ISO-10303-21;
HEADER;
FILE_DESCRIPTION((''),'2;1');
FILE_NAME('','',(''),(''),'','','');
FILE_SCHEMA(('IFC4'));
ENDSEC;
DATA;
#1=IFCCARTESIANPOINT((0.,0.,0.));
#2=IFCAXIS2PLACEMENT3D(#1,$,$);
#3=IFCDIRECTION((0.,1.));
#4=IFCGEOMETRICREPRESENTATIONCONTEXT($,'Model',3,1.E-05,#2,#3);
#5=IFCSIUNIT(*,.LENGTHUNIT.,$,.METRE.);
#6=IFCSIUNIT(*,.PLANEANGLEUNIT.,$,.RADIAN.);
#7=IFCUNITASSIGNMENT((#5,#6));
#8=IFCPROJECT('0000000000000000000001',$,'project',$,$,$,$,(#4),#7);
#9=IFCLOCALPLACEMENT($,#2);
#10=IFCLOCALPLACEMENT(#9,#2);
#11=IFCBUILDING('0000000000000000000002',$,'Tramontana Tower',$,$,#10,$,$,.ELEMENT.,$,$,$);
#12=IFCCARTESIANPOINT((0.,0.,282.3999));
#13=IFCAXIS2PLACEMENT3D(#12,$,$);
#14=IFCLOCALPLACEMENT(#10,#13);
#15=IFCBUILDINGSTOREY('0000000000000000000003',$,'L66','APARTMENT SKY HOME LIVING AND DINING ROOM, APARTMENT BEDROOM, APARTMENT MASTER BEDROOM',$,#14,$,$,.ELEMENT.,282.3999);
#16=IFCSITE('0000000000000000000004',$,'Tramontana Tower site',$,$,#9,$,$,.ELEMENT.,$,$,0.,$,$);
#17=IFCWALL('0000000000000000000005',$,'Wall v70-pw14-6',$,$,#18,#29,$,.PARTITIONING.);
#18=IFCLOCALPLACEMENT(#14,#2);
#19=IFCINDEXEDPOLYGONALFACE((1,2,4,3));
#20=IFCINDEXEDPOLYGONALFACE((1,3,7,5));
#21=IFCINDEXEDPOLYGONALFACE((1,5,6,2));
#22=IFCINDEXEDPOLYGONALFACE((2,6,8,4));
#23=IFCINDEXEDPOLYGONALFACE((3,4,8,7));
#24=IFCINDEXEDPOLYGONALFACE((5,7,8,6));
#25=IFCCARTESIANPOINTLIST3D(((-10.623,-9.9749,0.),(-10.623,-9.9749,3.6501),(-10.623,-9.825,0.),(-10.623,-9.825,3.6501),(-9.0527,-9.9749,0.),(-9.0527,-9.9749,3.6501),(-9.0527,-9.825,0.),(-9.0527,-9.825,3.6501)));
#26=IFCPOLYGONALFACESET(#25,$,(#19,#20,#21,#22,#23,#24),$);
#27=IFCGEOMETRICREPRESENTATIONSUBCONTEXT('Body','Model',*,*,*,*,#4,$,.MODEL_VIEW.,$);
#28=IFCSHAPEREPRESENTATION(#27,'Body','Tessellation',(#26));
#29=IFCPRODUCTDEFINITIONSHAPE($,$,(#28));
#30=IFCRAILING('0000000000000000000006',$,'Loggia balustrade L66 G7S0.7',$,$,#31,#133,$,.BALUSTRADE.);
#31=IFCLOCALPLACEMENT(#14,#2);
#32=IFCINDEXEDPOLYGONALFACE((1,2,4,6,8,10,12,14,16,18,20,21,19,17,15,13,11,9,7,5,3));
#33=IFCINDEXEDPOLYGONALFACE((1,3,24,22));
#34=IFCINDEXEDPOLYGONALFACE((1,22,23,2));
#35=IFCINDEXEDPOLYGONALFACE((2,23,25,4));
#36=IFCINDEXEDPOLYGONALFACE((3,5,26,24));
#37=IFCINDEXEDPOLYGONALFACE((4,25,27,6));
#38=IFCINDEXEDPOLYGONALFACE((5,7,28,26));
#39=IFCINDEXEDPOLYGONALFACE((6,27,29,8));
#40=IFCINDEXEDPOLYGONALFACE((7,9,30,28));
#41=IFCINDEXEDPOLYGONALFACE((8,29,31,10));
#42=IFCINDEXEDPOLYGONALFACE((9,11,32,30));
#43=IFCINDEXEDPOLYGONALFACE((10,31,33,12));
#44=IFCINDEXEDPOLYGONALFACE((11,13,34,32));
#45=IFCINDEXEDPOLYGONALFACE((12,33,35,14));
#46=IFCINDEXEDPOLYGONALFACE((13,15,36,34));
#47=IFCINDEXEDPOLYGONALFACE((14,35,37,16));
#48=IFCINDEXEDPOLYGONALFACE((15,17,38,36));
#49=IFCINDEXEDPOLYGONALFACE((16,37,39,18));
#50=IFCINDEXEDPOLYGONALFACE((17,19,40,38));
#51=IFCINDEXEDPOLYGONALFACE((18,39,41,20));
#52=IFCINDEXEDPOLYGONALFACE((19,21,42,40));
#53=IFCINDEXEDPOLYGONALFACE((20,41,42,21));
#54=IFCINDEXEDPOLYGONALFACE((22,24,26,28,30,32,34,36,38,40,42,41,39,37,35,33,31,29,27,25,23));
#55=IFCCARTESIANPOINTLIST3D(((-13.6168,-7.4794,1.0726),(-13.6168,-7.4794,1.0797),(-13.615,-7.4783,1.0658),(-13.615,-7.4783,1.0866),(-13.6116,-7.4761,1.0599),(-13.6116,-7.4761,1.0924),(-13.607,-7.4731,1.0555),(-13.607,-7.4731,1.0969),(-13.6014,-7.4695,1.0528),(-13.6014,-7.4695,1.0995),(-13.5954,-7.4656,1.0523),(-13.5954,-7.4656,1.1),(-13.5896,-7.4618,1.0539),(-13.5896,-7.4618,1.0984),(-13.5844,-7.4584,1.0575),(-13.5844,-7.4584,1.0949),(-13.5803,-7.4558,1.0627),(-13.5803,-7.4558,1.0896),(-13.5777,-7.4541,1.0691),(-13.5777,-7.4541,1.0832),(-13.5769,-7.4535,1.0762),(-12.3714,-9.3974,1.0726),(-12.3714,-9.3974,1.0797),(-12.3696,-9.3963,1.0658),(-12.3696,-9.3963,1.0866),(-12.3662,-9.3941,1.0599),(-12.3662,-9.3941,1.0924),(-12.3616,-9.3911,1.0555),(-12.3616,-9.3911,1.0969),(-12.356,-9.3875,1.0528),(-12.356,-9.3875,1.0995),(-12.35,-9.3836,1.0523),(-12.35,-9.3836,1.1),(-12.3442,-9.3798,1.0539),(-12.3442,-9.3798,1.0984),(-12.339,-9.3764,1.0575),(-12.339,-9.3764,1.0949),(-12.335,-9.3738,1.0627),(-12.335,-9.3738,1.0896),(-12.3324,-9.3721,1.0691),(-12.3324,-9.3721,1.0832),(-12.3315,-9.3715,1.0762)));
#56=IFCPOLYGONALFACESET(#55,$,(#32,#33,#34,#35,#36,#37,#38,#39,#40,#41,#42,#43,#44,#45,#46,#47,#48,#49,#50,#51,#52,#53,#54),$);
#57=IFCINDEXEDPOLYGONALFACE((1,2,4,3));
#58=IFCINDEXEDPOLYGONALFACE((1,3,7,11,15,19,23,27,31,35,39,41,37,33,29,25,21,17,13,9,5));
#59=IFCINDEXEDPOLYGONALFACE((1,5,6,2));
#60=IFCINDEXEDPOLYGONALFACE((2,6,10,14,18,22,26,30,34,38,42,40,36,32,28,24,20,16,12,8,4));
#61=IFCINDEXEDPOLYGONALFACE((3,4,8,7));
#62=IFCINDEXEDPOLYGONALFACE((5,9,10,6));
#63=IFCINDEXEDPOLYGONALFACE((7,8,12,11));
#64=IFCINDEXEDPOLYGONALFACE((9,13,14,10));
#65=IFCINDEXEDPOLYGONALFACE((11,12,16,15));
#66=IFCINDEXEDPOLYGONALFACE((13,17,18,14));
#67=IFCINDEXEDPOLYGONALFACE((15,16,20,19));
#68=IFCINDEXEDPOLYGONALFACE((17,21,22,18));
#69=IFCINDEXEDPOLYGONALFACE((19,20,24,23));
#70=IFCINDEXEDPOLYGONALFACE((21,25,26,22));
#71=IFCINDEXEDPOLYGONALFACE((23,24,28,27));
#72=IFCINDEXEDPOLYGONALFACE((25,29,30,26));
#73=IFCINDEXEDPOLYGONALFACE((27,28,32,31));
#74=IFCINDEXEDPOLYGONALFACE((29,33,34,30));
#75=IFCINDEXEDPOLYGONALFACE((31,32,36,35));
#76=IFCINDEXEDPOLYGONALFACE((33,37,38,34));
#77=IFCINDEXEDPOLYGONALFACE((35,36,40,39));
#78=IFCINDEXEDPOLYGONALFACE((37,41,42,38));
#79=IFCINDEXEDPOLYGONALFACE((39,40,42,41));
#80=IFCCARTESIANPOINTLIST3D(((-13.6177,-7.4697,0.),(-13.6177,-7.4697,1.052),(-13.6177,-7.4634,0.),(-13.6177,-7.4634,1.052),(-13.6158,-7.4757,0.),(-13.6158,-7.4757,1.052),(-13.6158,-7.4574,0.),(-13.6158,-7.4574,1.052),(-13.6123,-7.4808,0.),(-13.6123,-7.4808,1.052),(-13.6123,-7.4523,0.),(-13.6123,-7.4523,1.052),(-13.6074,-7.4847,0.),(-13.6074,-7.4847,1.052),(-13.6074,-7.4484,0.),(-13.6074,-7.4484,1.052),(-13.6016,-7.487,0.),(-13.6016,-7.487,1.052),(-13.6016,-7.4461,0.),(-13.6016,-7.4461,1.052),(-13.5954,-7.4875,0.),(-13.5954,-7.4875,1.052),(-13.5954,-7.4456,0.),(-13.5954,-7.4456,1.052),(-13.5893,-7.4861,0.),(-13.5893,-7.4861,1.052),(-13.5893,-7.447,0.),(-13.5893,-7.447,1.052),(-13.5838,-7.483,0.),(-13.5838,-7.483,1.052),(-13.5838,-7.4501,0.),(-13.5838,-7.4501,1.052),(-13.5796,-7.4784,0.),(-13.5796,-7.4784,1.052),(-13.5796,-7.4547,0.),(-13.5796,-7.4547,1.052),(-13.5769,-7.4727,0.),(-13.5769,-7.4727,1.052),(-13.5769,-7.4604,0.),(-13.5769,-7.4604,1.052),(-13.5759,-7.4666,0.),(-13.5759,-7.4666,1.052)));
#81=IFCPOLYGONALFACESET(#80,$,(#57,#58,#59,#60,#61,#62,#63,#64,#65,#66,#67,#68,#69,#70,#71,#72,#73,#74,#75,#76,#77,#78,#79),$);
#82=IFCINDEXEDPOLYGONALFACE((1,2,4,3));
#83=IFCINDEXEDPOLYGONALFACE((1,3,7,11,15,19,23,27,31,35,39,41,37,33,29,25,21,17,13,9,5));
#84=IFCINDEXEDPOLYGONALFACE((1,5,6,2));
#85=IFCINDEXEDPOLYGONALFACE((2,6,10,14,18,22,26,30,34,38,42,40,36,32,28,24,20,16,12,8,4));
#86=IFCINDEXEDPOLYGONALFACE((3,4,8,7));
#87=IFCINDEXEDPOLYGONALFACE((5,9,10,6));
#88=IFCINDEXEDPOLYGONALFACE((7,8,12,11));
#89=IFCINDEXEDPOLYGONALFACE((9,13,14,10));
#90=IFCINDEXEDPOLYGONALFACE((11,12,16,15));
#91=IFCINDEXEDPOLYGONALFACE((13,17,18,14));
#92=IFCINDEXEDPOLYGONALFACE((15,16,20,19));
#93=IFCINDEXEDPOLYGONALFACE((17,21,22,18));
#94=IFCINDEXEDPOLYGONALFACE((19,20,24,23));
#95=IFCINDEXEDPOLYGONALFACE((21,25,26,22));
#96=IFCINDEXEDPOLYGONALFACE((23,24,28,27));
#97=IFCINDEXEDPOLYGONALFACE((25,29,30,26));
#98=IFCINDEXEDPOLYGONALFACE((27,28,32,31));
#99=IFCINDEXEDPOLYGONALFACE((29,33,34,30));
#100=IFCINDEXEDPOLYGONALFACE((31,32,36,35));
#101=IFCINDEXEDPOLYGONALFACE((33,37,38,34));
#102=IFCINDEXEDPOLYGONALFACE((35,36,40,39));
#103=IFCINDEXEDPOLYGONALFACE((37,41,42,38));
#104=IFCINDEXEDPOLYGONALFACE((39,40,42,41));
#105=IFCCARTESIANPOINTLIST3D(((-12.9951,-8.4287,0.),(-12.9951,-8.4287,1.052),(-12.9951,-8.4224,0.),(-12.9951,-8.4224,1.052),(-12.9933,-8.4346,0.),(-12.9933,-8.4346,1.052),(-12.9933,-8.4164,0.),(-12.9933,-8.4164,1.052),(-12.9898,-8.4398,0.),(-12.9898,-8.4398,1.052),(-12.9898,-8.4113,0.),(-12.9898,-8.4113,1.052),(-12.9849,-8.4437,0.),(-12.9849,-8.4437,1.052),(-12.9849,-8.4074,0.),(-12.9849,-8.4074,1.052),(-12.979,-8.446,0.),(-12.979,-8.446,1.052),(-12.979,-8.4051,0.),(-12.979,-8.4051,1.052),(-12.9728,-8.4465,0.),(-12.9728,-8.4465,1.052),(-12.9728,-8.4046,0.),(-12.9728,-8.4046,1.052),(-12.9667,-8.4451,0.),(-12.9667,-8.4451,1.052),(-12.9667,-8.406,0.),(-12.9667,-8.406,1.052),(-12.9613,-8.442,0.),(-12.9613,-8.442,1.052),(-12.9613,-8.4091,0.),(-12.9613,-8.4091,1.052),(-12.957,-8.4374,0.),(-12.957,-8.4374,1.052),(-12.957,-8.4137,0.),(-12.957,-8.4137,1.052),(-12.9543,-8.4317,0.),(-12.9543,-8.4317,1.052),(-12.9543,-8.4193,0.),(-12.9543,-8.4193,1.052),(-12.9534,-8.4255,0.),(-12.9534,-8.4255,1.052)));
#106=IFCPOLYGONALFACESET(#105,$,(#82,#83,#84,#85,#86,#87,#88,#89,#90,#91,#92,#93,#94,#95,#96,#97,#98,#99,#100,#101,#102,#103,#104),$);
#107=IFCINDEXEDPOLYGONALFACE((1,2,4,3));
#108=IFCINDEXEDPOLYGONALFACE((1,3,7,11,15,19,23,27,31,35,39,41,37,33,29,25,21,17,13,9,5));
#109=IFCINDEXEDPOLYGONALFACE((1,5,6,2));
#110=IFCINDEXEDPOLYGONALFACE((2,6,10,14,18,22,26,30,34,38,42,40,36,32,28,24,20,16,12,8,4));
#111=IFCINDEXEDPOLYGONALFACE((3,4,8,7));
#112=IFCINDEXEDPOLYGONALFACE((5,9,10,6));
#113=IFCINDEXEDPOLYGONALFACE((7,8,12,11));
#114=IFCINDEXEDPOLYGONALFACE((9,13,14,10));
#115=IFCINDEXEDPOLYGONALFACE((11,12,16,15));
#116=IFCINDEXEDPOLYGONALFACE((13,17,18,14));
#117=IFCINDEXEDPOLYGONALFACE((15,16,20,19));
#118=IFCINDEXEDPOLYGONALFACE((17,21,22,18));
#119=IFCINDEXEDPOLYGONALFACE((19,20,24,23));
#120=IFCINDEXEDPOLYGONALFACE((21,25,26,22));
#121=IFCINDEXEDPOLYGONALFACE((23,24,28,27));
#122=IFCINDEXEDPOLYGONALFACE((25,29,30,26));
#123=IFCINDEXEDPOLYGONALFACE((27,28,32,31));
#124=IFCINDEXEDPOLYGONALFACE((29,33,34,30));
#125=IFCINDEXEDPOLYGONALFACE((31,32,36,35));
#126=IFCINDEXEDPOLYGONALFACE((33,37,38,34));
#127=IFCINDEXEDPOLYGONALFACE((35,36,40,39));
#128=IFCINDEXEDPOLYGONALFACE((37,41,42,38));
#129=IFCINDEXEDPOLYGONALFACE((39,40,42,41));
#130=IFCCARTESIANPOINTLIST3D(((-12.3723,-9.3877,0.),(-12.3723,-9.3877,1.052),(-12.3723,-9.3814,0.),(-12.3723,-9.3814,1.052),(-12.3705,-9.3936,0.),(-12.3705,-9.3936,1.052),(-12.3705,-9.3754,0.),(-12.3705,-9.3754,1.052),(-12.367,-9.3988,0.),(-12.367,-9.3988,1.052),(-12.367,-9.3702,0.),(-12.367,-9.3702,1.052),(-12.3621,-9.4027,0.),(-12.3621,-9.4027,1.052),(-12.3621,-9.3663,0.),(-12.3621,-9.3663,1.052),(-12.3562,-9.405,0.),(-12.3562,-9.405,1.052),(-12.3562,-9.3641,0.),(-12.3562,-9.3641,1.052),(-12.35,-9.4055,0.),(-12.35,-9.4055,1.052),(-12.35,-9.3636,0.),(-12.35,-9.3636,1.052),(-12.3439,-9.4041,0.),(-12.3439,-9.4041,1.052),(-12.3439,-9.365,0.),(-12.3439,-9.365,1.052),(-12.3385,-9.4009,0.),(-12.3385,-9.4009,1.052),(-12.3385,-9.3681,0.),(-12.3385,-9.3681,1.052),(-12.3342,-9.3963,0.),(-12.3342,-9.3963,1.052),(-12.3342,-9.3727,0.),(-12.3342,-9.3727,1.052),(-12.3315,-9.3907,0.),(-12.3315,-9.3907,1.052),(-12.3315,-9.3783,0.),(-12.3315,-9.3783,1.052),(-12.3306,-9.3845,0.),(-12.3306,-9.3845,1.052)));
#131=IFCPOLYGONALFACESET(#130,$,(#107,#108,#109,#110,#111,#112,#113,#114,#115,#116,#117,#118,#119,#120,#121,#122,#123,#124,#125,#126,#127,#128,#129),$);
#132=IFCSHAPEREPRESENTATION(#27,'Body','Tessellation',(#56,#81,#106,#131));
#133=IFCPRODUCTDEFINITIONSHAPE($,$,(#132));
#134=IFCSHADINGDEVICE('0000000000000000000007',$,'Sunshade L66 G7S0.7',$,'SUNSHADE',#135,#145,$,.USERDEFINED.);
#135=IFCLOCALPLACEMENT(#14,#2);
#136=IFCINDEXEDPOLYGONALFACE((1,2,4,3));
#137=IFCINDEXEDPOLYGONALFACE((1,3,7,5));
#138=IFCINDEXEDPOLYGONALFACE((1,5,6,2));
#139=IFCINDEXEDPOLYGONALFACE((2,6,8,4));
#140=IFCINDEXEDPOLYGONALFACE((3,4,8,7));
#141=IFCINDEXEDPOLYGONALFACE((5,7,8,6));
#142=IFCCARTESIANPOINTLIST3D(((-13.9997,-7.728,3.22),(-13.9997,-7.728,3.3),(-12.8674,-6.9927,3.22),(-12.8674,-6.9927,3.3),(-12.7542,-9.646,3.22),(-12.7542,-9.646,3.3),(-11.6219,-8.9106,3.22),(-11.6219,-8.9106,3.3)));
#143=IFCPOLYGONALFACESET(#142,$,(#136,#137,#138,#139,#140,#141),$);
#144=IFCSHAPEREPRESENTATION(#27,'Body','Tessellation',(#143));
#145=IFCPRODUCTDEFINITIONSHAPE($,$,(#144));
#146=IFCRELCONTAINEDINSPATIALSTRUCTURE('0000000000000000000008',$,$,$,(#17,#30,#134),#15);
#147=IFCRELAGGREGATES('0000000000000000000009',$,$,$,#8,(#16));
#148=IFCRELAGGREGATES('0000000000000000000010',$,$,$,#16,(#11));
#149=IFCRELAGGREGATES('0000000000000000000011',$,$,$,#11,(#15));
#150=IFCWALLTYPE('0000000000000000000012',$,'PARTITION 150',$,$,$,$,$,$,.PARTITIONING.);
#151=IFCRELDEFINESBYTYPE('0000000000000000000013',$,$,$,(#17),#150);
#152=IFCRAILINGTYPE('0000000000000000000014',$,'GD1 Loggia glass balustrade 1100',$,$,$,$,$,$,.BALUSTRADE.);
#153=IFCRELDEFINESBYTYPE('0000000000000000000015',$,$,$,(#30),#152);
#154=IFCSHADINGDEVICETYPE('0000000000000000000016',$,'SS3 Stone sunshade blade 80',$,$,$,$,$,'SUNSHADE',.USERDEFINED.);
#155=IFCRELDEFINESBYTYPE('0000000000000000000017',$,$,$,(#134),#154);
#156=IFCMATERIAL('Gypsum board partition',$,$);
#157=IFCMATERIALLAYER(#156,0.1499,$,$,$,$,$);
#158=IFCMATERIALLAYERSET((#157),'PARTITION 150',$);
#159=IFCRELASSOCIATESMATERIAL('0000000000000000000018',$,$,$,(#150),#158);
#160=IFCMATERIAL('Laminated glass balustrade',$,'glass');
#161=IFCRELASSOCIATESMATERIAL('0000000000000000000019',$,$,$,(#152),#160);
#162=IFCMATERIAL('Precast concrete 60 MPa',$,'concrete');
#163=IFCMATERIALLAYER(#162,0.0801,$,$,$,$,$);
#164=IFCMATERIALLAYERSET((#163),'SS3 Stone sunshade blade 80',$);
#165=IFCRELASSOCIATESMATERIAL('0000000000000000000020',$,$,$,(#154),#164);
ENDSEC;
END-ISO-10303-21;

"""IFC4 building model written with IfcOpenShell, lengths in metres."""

from ifc_helpers import new_model, si_unit, direction, frame, frame_2d, origin, origin_2d, place, context, subcontext, project, spatial, rectangle, circle, extrude, material, layer, layer_set, type_object, element, save


model = new_model("IFC4")

# Units and contexts
model_context = context("Model", 3, precision=1e-05, world=origin(), true_north=direction((0.0, 1.0)))
body_context = subcontext(model_context, "Body", "Model", "MODEL_VIEW")
ifc_project = project(units=[si_unit("LENGTHUNIT", "METRE"), si_unit("PLANEANGLEUNIT", "RADIAN")], contexts=[model_context])

# Site, building, storey
site_placement = place(None, origin())
site = spatial("IfcSite", under=ifc_project, at=site_placement, Name="Tramontana Tower site", CompositionType="ELEMENT", RefElevation=0.0)
building_placement = place(site_placement, origin())
building = spatial("IfcBuilding", under=site, at=building_placement, Name="Tramontana Tower", CompositionType="ELEMENT")
storey_placement = place(building_placement, frame((0.0, 0.0, 282.3999)))
storey = spatial("IfcBuildingStorey", under=building, at=storey_placement, Name="L66", Description="APARTMENT SKY HOME LIVING AND DINING ROOM, APARTMENT BEDROOM, APARTMENT MASTER BEDROOM", CompositionType="ELEMENT", Elevation=282.3999)

# Shared definitions
ifc_material_1 = material(Name="Gypsum board partition")
ifc_layer_1 = layer(ifc_material_1, 0.1499)
ifc_layer_set_1 = layer_set([ifc_layer_1], Name="PARTITION 150")
wall_type_1 = type_object("IfcWallType", Name="PARTITION 150", PredefinedType="PARTITIONING", material=ifc_layer_set_1)

# Wall
wall_1_placement = place(storey_placement, frame((-9.0527, -9.8999, 0.0), z_axis=(0.0, 0.0, 1.0), x_axis=(-1.0, 0.0, 0.0)))
element("IfcWall", 1, at=wall_1_placement, inside=storey, type_object=wall_type_1, Name="Wall v70-pw14-6", PredefinedType="PARTITIONING", context=body_context, shape_type="SweptSolid", body=[
    extrude(rectangle(XDim=1.5703, YDim=0.1499, at=frame_2d((0.7852, 0.0))), origin(), (0.0, 0.0, 1.0), 3.6501),
])

# Railing
ifc_material_2 = material(Name="Laminated glass balustrade", Category="glass")
railing_type = type_object("IfcRailingType", Name="GD1 Loggia glass balustrade 1100", PredefinedType="BALUSTRADE", material=ifc_material_2)
railing_placement = place(storey_placement, frame((-13.5969, -7.4666, 0.0)))
element("IfcRailing", 2, at=railing_placement, inside=storey, type_object=railing_type, Name="Loggia balustrade L66 G7S0.7", PredefinedType="BALUSTRADE", context=body_context, shape_type="SweptSolid", body=[
    extrude(circle(Radius=0.0239, at=origin_2d()), frame((0.0, 0.0, 1.0762), z_axis=(0.544583, -0.838707, 0.0), x_axis=(0.838707, 0.544583, 0.0)), (0.0, 0.0, 1.0), 2.2869),
    extrude(circle(Radius=0.021, at=origin_2d()), origin(), (0.0, 0.0, 1.0), 1.052),
    extrude(circle(Radius=0.021, at=origin_2d()), frame((0.6226, -0.959, 0.0)), (0.0, 0.0, 1.0), 1.052),
    extrude(circle(Radius=0.021, at=origin_2d()), frame((1.2454, -1.918, 0.0)), (0.0, 0.0, 1.0), 1.052),
])

# Shading device
ifc_material_3 = material(Name="Precast concrete 60 MPa", Category="concrete")
ifc_layer_2 = layer(ifc_material_3, 0.0801)
ifc_layer_set_2 = layer_set([ifc_layer_2], Name="SS3 Stone sunshade blade 80")
shading_device_type = type_object("IfcShadingDeviceType", Name="SS3 Stone sunshade blade 80", ElementType="SUNSHADE", PredefinedType="USERDEFINED", material=ifc_layer_set_2)
shading_device_placement = place(storey_placement, frame((-12.8108, -8.3193, 3.22), z_axis=(0.0, 0.0, 1.0), x_axis=(0.544639, -0.838671, 0.0)))
element("IfcShadingDevice", 3, at=shading_device_placement, inside=storey, type_object=shading_device_type, Name="Sunshade L66 G7S0.7", ObjectType="SUNSHADE", PredefinedType="USERDEFINED", context=body_context, shape_type="SweptSolid", body=[
    extrude(rectangle(XDim=2.2869, YDim=1.3501, at=origin_2d()), origin(), (0.0, 0.0, 1.0), 0.0801),
])

save(model, "model.ifc")
